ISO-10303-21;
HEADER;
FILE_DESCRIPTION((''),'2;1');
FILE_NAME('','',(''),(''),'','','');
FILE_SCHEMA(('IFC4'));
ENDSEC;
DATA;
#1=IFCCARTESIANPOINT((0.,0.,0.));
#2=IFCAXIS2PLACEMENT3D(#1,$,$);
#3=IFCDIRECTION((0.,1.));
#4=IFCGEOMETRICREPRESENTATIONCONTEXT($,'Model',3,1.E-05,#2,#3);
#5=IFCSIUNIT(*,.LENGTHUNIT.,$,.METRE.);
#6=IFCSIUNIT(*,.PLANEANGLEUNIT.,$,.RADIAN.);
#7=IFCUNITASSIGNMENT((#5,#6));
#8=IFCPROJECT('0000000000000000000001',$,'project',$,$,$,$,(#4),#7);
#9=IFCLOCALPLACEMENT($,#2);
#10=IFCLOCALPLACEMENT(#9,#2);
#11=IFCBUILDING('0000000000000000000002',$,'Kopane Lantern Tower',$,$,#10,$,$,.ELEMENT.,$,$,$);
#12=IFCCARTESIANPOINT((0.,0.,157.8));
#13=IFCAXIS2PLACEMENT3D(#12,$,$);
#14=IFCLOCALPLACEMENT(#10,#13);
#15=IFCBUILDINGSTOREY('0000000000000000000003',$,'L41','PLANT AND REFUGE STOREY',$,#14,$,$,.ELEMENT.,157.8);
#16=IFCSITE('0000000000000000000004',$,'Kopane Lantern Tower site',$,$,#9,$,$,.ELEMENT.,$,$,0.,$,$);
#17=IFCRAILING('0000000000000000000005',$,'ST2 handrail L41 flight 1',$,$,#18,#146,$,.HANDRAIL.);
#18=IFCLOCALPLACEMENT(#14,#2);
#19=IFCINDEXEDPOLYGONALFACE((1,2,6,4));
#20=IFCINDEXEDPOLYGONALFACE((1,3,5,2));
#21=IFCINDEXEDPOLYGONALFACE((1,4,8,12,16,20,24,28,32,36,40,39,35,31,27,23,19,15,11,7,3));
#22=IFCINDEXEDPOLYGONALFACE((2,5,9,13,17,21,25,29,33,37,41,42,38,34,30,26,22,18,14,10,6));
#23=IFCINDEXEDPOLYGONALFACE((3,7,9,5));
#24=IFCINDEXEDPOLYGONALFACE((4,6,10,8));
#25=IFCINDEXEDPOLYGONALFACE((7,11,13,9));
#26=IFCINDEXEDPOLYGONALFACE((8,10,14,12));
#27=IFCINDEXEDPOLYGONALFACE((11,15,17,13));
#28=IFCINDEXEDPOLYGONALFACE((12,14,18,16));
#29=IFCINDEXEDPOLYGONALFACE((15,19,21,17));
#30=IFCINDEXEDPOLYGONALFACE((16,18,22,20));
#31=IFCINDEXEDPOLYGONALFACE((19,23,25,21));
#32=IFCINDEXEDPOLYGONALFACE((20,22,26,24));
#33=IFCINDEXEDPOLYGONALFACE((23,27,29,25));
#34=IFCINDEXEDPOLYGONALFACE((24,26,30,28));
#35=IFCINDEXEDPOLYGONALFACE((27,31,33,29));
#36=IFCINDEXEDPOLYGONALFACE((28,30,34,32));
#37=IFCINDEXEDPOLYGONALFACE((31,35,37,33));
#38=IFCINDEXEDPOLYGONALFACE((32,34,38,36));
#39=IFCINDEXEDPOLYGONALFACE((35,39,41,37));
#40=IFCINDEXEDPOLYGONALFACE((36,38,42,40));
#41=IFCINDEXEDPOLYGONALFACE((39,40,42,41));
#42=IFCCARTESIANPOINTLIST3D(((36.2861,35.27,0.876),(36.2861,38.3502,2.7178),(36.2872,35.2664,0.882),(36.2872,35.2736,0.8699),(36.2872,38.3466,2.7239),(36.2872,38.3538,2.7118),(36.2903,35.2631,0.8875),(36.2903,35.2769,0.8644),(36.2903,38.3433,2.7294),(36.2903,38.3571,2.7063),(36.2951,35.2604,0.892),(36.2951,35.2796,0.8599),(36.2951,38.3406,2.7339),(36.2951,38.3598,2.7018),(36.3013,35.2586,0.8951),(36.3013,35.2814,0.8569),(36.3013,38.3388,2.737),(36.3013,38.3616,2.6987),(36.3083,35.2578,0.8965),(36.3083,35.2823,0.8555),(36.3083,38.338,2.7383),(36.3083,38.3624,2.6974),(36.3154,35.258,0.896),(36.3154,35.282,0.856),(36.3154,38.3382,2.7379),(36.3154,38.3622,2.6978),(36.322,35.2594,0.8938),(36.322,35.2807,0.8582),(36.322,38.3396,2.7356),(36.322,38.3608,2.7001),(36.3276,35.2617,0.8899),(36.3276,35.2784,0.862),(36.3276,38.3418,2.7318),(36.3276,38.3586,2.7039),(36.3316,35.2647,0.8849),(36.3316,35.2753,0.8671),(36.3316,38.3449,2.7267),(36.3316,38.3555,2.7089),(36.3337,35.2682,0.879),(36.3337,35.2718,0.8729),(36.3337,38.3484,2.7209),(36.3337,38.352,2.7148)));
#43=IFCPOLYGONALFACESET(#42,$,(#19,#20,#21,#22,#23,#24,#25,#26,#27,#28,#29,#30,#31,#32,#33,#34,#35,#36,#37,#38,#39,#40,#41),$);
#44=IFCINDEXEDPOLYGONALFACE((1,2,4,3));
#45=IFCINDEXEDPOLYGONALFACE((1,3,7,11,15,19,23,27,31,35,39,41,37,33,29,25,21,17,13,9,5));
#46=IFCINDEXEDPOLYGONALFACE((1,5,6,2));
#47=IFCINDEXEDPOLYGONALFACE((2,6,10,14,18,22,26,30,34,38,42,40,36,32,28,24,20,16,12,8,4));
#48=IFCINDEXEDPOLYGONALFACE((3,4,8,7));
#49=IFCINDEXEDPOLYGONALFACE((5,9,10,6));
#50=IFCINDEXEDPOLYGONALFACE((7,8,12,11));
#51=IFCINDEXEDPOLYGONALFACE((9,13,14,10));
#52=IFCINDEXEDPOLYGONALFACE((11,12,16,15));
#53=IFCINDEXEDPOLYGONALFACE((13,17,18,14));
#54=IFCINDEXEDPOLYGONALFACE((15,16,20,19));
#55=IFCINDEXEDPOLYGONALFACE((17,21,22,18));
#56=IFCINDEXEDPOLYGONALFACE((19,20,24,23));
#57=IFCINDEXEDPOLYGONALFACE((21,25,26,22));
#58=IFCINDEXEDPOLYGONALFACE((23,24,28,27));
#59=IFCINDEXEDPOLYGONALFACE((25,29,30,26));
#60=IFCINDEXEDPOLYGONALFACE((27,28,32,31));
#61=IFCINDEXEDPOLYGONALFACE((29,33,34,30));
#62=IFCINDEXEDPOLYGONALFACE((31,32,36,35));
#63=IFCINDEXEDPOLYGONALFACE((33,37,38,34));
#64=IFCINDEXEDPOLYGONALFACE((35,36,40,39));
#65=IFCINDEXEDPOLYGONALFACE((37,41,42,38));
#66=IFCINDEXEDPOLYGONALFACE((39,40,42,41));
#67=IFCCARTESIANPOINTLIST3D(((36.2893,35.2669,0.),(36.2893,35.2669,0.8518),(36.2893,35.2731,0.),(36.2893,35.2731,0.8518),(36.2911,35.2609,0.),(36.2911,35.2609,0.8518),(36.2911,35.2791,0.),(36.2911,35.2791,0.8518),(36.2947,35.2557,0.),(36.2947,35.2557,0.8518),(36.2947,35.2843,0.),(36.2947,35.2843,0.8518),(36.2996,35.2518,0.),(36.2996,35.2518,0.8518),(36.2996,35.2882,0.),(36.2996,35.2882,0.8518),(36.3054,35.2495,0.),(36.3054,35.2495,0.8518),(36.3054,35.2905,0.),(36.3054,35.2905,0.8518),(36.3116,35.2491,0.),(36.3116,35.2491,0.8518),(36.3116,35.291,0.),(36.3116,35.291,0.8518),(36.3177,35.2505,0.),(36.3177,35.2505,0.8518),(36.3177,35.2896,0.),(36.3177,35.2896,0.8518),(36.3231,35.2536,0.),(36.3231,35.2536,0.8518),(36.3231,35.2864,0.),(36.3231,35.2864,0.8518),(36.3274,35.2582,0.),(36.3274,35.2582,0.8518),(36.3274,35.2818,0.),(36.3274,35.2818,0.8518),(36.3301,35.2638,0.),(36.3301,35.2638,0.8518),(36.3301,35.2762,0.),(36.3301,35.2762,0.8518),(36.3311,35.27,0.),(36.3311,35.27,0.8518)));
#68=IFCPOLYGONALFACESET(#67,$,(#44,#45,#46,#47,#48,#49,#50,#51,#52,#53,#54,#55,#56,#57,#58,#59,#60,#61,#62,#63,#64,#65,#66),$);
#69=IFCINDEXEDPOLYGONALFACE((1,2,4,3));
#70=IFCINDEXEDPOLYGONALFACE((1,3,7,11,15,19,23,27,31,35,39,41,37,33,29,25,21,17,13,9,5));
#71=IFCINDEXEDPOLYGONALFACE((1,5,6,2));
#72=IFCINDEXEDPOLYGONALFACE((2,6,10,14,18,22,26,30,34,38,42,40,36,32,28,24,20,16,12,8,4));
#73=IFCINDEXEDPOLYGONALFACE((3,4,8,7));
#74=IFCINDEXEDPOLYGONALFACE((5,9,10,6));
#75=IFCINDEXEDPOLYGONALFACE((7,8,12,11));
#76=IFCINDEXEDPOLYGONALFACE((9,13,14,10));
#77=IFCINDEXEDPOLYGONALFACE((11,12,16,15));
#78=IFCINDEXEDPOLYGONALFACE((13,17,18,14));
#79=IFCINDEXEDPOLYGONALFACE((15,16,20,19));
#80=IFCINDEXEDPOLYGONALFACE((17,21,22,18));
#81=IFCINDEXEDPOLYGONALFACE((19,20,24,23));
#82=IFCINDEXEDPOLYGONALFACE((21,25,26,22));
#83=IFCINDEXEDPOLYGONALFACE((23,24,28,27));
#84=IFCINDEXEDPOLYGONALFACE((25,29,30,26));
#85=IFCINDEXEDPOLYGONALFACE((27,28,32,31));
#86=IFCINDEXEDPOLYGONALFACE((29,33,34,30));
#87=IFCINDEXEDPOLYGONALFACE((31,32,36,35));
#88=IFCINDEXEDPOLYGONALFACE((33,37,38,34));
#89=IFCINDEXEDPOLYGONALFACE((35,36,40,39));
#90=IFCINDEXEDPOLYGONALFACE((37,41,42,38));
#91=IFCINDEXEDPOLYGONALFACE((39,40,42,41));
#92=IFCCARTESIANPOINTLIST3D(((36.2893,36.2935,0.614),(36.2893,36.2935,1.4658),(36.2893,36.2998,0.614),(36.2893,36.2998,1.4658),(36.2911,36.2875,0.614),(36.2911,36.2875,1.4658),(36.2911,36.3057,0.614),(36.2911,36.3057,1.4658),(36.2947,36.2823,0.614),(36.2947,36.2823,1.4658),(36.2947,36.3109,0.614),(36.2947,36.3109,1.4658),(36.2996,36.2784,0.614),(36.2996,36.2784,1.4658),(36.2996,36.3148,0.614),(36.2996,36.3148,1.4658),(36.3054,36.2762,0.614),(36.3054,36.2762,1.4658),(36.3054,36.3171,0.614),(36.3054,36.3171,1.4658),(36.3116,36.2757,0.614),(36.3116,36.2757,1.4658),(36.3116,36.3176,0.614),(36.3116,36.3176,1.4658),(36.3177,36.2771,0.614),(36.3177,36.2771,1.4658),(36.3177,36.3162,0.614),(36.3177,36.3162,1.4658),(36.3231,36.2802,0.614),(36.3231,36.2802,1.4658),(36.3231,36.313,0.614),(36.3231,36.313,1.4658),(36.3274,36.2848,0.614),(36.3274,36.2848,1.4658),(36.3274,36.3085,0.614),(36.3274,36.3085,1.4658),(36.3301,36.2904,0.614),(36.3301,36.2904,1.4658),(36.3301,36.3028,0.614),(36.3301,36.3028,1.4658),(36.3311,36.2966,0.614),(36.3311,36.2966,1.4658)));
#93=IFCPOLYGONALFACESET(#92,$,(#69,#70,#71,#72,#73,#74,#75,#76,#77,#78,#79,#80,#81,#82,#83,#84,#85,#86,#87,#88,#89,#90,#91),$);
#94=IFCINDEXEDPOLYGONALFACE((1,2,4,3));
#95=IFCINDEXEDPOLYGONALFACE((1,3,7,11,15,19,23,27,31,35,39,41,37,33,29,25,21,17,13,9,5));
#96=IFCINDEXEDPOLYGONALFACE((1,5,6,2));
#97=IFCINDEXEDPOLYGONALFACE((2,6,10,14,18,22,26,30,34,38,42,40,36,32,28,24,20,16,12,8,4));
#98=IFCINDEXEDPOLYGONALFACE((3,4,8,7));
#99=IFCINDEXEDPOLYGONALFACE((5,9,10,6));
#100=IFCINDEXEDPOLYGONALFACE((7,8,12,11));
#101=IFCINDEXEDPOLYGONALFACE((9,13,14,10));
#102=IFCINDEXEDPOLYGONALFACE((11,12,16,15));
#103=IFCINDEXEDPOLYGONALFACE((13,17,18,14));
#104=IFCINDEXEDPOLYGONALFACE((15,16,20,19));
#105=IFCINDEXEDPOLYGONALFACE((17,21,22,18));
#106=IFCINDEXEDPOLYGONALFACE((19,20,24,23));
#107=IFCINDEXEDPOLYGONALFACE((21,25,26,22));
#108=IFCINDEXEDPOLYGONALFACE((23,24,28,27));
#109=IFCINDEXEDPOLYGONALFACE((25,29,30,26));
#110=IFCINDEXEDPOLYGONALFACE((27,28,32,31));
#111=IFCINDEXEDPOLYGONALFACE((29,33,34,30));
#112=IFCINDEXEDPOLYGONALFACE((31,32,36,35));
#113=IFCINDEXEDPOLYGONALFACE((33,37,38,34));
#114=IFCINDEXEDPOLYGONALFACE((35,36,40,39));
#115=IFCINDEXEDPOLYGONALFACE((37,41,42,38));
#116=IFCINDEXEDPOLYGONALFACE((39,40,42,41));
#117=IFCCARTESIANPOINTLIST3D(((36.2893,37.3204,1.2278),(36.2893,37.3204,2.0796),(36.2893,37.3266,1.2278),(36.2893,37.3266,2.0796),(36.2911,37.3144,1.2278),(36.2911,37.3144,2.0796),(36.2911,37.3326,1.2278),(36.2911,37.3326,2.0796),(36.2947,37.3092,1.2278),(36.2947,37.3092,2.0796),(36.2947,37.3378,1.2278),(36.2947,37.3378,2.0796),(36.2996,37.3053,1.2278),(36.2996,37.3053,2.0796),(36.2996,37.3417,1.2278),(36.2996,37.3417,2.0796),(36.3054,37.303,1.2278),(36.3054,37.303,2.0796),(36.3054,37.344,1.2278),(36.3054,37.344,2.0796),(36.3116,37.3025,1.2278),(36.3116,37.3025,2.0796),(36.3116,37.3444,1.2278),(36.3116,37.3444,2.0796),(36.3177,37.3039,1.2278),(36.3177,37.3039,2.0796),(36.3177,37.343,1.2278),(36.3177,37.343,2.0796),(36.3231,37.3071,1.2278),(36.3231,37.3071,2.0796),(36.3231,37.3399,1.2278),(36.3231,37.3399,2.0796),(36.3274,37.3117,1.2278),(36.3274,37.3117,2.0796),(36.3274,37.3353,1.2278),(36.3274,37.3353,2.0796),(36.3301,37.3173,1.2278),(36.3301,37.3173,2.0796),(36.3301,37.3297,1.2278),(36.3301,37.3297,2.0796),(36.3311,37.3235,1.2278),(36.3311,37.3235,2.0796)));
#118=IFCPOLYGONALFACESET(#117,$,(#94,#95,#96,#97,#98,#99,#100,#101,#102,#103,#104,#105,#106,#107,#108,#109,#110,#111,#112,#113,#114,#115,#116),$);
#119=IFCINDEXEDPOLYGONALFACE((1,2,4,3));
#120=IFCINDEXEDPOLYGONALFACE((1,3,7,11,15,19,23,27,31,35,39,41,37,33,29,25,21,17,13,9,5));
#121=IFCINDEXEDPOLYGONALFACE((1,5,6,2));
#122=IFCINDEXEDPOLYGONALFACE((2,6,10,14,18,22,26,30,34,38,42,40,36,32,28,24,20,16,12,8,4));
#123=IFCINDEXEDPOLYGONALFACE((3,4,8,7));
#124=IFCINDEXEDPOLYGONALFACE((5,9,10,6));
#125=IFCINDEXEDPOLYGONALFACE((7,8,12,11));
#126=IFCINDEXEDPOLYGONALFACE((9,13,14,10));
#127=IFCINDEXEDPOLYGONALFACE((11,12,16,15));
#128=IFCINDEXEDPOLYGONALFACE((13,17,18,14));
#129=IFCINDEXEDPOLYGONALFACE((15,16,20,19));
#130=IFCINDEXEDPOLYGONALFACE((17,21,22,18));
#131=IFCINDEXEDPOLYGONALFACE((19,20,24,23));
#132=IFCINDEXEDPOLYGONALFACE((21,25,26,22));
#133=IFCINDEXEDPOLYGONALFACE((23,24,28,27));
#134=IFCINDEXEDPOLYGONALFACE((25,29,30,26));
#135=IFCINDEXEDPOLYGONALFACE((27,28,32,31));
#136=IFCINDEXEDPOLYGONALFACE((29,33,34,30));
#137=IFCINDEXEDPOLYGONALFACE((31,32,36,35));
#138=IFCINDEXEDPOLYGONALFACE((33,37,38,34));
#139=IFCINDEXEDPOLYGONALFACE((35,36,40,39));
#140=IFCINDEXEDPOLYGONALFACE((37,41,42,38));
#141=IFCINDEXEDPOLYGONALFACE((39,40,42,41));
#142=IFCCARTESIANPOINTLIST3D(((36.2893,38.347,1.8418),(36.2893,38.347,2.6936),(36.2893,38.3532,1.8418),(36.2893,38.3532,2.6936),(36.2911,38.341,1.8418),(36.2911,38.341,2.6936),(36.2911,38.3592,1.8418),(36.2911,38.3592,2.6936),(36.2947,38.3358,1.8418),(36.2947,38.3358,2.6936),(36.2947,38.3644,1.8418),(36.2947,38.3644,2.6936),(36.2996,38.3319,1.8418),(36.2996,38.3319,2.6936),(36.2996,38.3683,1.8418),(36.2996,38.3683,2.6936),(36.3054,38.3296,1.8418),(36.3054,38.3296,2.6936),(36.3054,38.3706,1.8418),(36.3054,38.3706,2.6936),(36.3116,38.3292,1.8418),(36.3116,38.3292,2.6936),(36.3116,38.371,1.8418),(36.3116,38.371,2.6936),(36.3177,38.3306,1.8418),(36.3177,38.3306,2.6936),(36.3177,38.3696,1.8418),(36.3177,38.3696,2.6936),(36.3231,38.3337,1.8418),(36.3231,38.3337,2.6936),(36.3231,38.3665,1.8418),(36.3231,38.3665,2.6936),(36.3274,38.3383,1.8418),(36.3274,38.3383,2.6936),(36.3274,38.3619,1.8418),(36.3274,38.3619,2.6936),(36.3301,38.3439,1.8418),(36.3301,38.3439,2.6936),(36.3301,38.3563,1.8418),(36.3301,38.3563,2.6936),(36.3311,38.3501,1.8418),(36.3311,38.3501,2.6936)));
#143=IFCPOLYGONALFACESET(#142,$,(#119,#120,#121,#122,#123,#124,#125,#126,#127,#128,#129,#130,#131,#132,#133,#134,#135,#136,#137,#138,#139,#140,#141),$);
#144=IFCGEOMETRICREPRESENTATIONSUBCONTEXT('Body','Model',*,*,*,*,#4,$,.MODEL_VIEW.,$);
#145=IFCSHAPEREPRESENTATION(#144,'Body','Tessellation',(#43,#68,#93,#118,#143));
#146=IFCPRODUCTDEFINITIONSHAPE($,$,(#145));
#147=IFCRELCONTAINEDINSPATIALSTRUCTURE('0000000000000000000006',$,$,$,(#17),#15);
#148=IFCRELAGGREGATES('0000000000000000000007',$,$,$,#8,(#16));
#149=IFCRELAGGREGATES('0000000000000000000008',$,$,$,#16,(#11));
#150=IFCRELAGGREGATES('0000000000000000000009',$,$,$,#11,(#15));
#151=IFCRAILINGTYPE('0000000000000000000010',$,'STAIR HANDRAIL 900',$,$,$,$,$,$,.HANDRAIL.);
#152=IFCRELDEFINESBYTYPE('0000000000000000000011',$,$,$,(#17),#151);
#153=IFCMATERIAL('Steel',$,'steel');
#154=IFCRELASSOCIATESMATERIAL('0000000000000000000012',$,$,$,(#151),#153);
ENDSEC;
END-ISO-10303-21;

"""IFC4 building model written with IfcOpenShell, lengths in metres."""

from ifc_helpers import new_model, si_unit, direction, frame, origin, origin_2d, place, context, subcontext, project, spatial, circle, extrude, material, type_object, element, save


model = new_model("IFC4")

# Units and contexts
model_context = context("Model", 3, precision=1e-05, world=origin(), true_north=direction((0.0, 1.0)))
body_context = subcontext(model_context, "Body", "Model", "MODEL_VIEW")
ifc_project = project(units=[si_unit("LENGTHUNIT", "METRE"), si_unit("PLANEANGLEUNIT", "RADIAN")], contexts=[model_context])

# Site, building, storey
site_placement = place(None, origin())
site = spatial("IfcSite", under=ifc_project, at=site_placement, Name="Kopane Lantern Tower site", CompositionType="ELEMENT", RefElevation=0.0)
building_placement = place(site_placement, origin())
building = spatial("IfcBuilding", under=site, at=building_placement, Name="Kopane Lantern Tower", CompositionType="ELEMENT")
storey_placement = place(building_placement, frame((0.0, 0.0, 157.8)))
storey = spatial("IfcBuildingStorey", under=building, at=storey_placement, Name="L41", Description="PLANT AND REFUGE STOREY", CompositionType="ELEMENT", Elevation=157.8)

# Railing
ifc_material_1 = material(Name="Steel", Category="steel")
railing_type_1 = type_object("IfcRailingType", Name="STAIR HANDRAIL 900", PredefinedType="HANDRAIL", material=ifc_material_1)
for number, where, name in (
    (1, (36.3101, 35.27, 0.0), "ST2 handrail L41 flight 1"),
):
    element("IfcRailing", number, at=place(storey_placement, frame(where)), inside=storey, type_object=railing_type_1, Name=name, PredefinedType="HANDRAIL", context=body_context, shape_type="SweptSolid", body=[
        extrude(circle(Radius=0.0239, at=origin_2d()), frame((0.0, 0.0, 0.876), z_axis=(0.0, 0.85826, 0.513215), x_axis=(-1.0, 0.0, 0.0)), (0.0, 0.0, 1.0), 3.5889),
        extrude(circle(Radius=0.021, at=origin_2d()), origin(), (0.0, 0.0, 1.0), 0.8518),
        extrude(circle(Radius=0.021, at=origin_2d()), frame((0.0, 1.0266, 0.614)), (0.0, 0.0, 1.0), 0.8518),
        extrude(circle(Radius=0.021, at=origin_2d()), frame((0.0, 2.0535, 1.2278)), (0.0, 0.0, 1.0), 0.8518),
        extrude(circle(Radius=0.021, at=origin_2d()), frame((0.0, 3.0801, 1.8418)), (0.0, 0.0, 1.0), 0.8518),
    ])

save(model, "model.ifc")
